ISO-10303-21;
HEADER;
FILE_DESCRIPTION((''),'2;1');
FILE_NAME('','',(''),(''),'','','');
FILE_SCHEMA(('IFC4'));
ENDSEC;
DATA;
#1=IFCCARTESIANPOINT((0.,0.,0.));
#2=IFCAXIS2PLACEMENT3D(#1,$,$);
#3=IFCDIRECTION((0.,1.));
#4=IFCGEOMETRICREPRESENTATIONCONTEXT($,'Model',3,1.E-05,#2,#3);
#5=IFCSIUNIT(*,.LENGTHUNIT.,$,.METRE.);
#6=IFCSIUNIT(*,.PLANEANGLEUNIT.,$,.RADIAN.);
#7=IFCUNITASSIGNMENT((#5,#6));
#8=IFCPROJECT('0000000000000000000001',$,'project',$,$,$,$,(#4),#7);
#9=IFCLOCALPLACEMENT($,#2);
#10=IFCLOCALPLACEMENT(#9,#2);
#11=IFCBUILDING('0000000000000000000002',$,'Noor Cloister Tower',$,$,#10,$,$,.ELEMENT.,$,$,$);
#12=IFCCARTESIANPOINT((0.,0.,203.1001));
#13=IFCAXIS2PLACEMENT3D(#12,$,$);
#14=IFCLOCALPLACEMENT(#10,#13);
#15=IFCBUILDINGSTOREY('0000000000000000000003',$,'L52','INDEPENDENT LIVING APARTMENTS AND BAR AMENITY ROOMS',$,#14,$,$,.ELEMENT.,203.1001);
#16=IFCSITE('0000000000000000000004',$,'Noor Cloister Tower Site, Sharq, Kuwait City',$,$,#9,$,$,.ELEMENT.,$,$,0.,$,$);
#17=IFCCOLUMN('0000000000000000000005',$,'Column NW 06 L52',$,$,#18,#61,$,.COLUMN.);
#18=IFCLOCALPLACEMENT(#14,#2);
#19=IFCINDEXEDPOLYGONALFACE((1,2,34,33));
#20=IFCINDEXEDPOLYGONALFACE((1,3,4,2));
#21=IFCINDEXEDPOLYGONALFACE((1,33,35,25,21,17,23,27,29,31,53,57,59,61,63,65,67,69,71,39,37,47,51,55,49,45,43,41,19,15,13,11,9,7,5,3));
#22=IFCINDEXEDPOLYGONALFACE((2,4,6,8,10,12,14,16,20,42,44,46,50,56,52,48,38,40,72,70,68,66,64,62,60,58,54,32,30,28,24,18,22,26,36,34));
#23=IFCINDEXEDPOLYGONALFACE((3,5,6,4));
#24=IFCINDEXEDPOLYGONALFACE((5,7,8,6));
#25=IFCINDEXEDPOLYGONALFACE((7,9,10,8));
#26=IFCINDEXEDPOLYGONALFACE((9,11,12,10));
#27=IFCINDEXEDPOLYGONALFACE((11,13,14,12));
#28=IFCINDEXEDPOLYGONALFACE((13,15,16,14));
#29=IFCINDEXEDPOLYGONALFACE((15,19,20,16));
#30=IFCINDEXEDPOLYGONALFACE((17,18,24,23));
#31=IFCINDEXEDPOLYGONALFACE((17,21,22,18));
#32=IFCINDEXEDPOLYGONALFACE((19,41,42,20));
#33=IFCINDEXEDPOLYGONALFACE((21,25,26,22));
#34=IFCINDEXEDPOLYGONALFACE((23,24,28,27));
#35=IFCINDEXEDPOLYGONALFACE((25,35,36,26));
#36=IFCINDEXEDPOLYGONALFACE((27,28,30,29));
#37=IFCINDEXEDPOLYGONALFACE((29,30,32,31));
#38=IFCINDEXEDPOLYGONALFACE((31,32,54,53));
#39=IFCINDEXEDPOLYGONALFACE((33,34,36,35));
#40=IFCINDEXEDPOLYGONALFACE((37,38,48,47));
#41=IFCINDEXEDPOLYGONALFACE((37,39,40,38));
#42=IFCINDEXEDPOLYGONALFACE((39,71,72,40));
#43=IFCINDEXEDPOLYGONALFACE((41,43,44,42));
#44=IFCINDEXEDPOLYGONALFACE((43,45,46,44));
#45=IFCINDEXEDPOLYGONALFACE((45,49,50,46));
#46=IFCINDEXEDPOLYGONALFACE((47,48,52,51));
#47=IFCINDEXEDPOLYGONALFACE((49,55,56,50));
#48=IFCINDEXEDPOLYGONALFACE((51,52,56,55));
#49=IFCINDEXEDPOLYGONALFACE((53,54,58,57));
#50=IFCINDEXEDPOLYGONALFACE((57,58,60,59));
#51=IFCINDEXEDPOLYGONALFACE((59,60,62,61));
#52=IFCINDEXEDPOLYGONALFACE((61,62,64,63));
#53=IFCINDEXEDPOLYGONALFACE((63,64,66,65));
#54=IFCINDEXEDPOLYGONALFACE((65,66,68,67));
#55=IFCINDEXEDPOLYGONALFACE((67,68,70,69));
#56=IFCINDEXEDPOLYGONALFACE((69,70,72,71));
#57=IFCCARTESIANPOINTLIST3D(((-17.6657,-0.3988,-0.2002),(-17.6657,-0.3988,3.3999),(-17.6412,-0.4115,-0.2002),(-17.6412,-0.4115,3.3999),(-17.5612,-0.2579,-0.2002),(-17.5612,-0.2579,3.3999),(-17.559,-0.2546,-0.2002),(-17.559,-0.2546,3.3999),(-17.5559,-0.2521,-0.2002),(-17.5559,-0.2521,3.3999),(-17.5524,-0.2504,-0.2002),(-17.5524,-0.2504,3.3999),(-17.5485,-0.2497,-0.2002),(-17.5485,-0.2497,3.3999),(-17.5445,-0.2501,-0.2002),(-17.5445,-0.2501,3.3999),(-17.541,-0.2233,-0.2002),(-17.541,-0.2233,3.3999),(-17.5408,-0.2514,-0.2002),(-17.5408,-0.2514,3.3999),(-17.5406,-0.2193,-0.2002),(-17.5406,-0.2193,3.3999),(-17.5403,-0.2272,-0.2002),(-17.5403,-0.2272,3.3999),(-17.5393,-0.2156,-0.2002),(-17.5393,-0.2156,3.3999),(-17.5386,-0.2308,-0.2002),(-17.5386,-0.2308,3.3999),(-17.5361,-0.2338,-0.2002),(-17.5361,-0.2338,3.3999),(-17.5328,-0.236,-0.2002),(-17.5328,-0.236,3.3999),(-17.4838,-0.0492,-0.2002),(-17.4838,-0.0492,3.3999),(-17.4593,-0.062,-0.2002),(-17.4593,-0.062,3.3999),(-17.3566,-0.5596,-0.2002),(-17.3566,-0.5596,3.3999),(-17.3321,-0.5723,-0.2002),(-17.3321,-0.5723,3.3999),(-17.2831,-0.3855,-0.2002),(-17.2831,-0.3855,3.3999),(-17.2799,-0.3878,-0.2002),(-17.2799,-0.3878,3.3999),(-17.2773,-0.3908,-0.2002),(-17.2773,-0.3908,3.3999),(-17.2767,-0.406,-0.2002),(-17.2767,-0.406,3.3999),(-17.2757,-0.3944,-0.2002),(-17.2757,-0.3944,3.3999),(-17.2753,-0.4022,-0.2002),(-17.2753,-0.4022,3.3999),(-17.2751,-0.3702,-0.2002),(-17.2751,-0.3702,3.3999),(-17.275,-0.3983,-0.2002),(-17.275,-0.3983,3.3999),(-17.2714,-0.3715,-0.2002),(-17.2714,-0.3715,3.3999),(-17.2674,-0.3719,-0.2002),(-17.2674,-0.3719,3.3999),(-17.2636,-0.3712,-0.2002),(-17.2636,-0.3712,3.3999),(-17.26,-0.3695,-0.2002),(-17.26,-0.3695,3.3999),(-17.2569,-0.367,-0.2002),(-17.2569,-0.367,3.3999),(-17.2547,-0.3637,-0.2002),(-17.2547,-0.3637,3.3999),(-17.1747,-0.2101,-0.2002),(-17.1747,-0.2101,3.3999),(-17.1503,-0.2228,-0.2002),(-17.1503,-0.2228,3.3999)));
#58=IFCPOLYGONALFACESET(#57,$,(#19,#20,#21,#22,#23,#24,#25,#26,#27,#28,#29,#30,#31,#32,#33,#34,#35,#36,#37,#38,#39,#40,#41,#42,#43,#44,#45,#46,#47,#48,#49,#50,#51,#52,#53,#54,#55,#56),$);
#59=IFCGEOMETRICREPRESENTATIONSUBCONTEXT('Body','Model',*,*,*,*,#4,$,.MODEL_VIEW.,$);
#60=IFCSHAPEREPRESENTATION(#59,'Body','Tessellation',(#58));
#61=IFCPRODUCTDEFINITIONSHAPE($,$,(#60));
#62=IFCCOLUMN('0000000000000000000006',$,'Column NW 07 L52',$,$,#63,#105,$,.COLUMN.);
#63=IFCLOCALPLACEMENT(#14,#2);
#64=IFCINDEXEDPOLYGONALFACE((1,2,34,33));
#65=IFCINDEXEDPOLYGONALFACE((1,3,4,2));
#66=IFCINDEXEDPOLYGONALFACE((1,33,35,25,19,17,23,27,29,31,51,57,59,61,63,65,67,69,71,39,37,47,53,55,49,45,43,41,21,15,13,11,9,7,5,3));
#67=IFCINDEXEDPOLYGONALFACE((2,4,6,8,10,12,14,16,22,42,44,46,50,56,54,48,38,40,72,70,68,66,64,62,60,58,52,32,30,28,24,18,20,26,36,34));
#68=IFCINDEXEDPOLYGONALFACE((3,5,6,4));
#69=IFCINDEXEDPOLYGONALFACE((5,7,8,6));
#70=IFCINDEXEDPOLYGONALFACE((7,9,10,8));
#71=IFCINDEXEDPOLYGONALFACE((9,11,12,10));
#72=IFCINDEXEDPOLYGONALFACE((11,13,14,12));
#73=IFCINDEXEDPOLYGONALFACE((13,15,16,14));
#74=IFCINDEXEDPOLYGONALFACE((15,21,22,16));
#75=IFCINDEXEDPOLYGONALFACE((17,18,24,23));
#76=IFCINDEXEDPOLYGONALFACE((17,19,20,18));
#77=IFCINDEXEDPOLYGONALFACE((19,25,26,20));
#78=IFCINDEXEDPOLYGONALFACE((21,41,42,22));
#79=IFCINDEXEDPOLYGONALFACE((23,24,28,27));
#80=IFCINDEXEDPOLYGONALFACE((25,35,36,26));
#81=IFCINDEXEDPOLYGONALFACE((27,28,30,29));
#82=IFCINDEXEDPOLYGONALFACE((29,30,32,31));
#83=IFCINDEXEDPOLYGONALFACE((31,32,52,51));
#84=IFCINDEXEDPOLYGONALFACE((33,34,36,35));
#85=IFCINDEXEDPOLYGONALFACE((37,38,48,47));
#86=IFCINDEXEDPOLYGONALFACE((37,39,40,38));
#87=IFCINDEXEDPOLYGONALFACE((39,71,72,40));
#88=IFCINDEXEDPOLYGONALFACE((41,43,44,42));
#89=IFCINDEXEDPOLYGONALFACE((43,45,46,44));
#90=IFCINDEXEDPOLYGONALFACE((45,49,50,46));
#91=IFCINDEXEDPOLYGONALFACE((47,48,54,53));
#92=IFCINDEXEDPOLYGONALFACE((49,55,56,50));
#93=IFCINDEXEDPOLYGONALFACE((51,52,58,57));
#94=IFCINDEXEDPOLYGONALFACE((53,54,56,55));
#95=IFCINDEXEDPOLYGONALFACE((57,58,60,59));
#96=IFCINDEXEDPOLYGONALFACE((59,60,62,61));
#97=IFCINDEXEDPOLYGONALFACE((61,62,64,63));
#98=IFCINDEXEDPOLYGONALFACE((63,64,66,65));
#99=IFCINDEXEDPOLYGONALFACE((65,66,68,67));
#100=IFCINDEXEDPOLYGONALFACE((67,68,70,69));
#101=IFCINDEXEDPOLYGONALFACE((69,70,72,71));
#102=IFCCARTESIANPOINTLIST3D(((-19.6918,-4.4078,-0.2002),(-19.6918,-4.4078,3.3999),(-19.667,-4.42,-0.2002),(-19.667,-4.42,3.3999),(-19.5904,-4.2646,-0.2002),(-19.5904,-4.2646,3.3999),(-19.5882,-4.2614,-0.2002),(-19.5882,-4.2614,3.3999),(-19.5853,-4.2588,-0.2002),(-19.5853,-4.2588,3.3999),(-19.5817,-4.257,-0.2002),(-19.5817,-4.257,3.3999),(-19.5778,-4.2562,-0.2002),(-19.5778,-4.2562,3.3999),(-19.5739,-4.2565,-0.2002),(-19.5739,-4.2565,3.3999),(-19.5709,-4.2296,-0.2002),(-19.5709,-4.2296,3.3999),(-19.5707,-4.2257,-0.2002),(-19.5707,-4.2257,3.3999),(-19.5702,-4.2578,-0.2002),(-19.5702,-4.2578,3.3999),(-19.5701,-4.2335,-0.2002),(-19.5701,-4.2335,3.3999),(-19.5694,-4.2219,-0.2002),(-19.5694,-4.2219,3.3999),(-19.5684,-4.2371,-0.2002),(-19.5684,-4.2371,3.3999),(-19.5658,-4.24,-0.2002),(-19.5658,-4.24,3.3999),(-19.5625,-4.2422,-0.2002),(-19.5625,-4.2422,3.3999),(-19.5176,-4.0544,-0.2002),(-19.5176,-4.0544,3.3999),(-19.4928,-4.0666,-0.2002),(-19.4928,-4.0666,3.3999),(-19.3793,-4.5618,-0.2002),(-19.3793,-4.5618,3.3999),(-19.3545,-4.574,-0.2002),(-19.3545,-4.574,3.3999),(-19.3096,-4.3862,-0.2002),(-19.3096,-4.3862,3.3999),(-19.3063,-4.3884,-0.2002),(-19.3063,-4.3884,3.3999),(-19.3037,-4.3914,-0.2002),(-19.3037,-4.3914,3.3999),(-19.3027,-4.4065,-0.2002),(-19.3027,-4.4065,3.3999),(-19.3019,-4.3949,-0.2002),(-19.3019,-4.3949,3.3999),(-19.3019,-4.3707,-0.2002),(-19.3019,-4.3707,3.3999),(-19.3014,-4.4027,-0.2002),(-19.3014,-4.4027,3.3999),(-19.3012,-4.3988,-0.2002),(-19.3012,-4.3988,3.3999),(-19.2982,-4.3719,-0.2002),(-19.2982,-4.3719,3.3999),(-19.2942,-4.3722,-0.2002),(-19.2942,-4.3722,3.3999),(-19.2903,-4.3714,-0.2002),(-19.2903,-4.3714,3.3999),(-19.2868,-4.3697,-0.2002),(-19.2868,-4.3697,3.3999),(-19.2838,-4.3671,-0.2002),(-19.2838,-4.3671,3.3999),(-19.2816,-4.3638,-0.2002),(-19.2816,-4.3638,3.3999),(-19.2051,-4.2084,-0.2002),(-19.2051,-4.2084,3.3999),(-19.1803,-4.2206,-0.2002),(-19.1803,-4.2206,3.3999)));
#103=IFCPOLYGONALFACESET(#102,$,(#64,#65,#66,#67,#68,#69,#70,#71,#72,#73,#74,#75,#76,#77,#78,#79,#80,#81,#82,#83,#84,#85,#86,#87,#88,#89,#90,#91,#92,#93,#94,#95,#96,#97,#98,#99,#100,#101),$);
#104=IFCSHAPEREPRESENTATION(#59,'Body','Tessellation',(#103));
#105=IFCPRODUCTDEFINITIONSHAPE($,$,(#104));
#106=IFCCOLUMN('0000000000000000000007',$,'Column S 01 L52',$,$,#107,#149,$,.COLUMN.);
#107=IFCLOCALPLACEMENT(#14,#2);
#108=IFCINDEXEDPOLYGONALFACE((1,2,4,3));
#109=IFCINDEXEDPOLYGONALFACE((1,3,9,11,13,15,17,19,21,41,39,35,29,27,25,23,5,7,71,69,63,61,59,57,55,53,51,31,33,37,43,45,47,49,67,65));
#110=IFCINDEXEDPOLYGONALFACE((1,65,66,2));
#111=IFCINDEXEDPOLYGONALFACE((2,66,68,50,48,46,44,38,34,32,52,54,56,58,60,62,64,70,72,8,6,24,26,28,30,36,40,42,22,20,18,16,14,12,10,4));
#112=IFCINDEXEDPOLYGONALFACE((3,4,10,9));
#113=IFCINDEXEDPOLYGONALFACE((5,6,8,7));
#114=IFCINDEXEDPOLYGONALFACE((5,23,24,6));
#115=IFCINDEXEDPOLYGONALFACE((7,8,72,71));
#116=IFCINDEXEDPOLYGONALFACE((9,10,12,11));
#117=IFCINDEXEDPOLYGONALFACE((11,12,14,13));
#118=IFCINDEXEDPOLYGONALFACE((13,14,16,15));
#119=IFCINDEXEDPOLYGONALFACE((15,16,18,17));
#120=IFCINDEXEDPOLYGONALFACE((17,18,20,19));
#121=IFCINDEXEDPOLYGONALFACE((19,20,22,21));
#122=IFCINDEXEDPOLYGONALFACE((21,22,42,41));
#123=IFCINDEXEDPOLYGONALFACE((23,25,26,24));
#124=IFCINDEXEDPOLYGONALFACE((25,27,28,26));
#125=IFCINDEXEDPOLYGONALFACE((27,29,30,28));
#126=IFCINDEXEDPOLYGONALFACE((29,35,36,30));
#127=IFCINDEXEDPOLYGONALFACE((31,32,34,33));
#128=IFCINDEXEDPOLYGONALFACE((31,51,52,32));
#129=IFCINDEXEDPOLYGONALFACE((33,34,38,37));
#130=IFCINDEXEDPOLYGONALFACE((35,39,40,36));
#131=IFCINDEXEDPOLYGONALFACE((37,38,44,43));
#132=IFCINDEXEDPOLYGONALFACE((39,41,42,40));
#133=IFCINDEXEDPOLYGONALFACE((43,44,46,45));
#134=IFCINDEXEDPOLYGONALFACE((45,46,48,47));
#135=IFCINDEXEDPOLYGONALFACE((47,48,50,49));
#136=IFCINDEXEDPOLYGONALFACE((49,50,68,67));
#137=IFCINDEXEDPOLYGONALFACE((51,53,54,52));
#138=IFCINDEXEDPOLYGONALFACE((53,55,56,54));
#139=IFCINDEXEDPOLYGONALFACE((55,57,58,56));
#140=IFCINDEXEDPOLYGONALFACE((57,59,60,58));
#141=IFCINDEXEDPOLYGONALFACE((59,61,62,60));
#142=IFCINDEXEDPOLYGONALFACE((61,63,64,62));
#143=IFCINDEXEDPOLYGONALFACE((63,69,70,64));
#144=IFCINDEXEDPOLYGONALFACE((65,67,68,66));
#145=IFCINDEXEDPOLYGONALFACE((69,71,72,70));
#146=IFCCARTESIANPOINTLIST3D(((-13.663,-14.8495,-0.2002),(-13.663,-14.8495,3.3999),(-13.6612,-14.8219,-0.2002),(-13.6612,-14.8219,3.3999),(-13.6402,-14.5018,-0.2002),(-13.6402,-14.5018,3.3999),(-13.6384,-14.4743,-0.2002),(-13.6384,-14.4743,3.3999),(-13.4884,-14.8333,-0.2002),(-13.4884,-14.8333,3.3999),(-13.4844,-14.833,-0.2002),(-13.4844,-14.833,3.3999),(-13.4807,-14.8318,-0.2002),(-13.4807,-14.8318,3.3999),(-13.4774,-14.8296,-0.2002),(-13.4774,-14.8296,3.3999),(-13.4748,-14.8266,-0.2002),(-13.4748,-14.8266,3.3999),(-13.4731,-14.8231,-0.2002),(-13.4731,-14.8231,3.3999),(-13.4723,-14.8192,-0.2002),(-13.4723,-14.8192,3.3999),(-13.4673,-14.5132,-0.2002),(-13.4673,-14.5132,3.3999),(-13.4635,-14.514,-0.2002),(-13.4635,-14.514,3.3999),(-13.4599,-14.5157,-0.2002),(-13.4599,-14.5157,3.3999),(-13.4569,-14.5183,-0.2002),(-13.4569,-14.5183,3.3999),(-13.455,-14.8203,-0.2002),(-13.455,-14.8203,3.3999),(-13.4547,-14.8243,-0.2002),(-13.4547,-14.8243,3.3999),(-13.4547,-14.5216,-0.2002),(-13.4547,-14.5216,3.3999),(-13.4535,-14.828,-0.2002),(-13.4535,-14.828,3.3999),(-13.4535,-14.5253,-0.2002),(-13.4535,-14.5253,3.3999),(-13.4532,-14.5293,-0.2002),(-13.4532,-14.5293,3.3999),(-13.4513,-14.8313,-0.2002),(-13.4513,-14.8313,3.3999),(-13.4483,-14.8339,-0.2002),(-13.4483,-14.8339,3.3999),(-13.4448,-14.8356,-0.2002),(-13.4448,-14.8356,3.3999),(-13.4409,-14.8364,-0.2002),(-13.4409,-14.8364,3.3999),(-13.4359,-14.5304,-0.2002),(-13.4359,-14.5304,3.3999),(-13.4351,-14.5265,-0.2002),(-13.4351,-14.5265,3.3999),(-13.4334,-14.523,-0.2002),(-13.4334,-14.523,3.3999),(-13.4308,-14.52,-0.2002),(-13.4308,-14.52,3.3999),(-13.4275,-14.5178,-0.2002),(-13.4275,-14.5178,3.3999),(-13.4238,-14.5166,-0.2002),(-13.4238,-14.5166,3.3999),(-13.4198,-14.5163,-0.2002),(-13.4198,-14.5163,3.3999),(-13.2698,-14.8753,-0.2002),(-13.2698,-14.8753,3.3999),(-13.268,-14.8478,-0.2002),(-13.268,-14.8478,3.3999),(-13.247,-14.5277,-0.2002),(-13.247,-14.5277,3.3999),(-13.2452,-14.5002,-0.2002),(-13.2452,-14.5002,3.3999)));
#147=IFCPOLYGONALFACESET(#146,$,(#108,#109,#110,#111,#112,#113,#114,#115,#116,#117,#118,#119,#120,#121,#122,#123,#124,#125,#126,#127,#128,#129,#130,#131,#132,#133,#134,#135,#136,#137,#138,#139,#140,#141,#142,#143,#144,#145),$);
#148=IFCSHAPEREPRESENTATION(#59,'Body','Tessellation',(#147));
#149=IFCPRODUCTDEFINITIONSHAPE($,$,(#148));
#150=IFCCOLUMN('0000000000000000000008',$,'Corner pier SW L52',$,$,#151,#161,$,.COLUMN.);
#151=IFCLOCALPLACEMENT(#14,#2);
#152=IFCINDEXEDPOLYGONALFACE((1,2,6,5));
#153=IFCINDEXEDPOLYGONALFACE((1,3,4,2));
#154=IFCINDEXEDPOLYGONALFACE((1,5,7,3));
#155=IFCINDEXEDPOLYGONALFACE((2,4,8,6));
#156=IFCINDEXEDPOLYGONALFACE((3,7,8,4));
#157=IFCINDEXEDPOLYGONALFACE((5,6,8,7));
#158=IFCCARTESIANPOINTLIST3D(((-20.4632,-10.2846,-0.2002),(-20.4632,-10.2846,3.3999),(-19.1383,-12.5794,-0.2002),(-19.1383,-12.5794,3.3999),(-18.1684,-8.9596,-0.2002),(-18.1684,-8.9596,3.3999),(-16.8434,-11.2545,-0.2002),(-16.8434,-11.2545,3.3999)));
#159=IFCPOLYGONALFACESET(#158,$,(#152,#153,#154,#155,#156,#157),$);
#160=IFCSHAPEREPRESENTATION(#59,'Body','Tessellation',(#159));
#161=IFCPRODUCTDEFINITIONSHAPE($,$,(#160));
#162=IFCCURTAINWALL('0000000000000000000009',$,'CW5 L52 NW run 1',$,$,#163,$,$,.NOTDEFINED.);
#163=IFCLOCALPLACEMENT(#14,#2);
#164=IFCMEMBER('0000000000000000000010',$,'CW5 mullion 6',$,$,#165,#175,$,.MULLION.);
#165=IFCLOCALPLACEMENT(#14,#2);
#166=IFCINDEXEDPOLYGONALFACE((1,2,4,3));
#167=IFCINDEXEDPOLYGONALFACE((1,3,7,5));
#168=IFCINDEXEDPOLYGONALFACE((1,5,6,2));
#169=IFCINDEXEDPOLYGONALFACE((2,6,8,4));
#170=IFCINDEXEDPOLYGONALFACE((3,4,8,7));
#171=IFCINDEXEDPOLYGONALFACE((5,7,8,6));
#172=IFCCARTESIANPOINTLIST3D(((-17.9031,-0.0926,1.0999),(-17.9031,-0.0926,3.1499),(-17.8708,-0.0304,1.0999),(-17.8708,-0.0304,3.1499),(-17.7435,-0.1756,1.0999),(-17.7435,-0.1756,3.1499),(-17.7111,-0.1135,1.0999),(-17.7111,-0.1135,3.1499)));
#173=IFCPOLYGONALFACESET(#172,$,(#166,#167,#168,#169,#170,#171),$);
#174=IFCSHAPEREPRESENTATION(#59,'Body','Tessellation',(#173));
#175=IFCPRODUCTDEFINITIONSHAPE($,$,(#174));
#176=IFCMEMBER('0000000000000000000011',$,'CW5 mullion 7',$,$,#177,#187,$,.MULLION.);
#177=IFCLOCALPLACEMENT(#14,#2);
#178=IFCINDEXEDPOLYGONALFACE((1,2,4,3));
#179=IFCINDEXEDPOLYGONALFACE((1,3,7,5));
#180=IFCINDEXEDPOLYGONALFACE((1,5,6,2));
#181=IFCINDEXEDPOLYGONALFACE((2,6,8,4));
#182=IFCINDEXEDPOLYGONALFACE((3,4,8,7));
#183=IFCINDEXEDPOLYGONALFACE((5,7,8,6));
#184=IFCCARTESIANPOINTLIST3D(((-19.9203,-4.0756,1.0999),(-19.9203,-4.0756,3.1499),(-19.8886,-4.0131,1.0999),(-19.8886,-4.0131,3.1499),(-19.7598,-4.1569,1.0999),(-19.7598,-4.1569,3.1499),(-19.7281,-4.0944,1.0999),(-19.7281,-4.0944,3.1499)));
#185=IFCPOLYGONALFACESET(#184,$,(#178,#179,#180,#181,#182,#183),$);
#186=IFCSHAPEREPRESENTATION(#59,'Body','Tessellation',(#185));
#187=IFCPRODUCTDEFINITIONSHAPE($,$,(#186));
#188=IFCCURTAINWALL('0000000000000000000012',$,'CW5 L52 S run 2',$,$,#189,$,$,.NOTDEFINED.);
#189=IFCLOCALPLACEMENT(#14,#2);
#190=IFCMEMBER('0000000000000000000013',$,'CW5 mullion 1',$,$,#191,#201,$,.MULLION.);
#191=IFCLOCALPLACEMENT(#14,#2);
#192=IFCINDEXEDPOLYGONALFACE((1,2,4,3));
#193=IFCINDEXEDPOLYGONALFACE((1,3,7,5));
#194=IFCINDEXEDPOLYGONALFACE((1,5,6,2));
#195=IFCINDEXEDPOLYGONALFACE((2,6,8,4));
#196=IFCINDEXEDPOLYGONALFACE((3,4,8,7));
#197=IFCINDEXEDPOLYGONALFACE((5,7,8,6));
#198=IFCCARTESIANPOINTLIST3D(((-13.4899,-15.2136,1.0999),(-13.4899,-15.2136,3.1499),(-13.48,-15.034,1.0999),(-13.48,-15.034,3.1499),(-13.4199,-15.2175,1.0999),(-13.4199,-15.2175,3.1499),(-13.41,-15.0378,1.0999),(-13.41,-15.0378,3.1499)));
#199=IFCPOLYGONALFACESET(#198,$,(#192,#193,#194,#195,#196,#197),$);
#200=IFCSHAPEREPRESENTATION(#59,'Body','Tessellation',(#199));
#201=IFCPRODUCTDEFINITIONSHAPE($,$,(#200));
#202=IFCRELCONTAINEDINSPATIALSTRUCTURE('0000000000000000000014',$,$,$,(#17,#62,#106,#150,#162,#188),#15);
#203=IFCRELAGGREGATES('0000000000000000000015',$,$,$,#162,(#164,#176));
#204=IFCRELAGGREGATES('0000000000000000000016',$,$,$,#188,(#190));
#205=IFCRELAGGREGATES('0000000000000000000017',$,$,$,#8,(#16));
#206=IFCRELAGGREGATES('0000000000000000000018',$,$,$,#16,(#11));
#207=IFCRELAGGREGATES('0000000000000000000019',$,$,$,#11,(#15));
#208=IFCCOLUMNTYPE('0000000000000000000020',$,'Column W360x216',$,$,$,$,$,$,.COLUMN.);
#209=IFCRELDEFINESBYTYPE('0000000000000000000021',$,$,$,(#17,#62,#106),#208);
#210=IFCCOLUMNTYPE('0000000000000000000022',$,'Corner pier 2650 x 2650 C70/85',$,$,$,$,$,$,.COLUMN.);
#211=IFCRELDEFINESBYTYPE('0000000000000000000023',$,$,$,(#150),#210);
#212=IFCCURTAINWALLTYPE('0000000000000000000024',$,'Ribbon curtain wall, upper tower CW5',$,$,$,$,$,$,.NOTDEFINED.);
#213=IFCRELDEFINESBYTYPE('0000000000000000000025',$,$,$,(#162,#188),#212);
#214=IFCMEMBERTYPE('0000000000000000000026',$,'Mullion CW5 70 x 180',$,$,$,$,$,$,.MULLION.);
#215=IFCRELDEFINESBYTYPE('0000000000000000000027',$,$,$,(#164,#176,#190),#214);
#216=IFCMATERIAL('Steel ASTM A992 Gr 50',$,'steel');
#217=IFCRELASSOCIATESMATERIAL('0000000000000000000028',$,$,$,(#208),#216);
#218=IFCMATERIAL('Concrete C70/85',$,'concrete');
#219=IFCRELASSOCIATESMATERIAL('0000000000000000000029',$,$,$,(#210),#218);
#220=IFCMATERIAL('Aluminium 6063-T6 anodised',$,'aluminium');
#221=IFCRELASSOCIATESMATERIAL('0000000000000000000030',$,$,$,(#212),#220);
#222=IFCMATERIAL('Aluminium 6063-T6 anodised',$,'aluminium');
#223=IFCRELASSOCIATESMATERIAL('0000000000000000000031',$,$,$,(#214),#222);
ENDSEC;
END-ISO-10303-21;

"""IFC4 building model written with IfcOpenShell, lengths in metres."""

from ifc_helpers import new_model, si_unit, direction, frame, origin, origin_2d, place, context, subcontext, project, spatial, rectangle, i_section, extrude, material, material_profile, profile_set, type_object, element, aggregate, save


model = new_model("IFC4")

# Units and contexts
model_context = context("Model", 3, precision=1e-05, world=origin(), true_north=direction((0.0, 1.0)))
body_context = subcontext(model_context, "Body", "Model", "MODEL_VIEW")
ifc_project = project(units=[si_unit("LENGTHUNIT", "METRE"), si_unit("PLANEANGLEUNIT", "RADIAN")], contexts=[model_context])

# Site, building, storey
site_placement = place(None, origin())
site = spatial("IfcSite", under=ifc_project, at=site_placement, Name="Noor Cloister Tower Site, Sharq, Kuwait City", CompositionType="ELEMENT", RefElevation=0.0)
building_placement = place(site_placement, origin())
building = spatial("IfcBuilding", under=site, at=building_placement, Name="Noor Cloister Tower", CompositionType="ELEMENT")
storey_placement = place(building_placement, frame((0.0, 0.0, 203.1001)))
storey = spatial("IfcBuildingStorey", under=building, at=storey_placement, Name="L52", Description="INDEPENDENT LIVING APARTMENTS AND BAR AMENITY ROOMS", CompositionType="ELEMENT", Elevation=203.1001)

# Columns
ifc_material_1 = material(Name="Steel ASTM A992 Gr 50", Category="steel")
ifc_material_profile_1 = material_profile(ifc_material_1, i_section(OverallWidth=0.394, OverallDepth=0.376, WebThickness=0.0173, FlangeThickness=0.0276, FilletRadius=0.0151, at=origin_2d()), Name="W360x216")
ifc_profile_set_1 = profile_set([ifc_material_profile_1], Name="Steel ASTM A992 Gr 50")
column_type_1 = type_object("IfcColumnType", Name="Column W360x216", PredefinedType="COLUMN", material=ifc_profile_set_1)
for number, where, z_axis, x_axis, name in (
    (1, (-17.408, -0.3108, -0.2002), (0.0, 0.0, 1.0), (-0.461616, -0.88708, 0.0), "Column NW 06 L52"),
    (2, (-19.436, -4.3142, -0.2002), (0.0, 0.0, 1.0), (-0.442087, -0.896972, 0.0), "Column NW 07 L52"),
    (3, (-13.4541, -14.6748, -0.2002), (0.0, 0.0, 1.0), (0.997844, -0.065627, 0.0), "Column S 01 L52"),
):
    element("IfcColumn", number, at=place(storey_placement, frame(where, z_axis=z_axis, x_axis=x_axis)), inside=storey, type_object=column_type_1, Name=name, PredefinedType="COLUMN", context=body_context, shape_type="SweptSolid", body=[
        extrude(i_section(OverallWidth=0.394, OverallDepth=0.376, WebThickness=0.0173, FlangeThickness=0.0276, FilletRadius=0.0151, at=origin_2d()), origin(), (0.0, 0.0, 1.0), 3.6001),
    ])
ifc_material_2 = material(Name="Concrete C70/85", Category="concrete")
ifc_material_profile_2 = material_profile(ifc_material_2, rectangle(XDim=2.6499, YDim=2.6499, at=origin_2d()), Name="RC 2650x2650")
ifc_profile_set_2 = profile_set([ifc_material_profile_2], Name="Concrete C70/85")
column_type_2 = type_object("IfcColumnType", Name="Corner pier 2650 x 2650 C70/85", PredefinedType="COLUMN", material=ifc_profile_set_2)
column_placement = place(storey_placement, frame((-18.6533, -10.7695, -0.2002), z_axis=(0.0, 0.0, 1.0), x_axis=(-0.866025, -0.5, 0.0)))
element("IfcColumn", 4, at=column_placement, inside=storey, type_object=column_type_2, Name="Corner pier SW L52", PredefinedType="COLUMN", context=body_context, shape_type="SweptSolid", body=[
    extrude(rectangle(XDim=2.6499, YDim=2.6499, at=origin_2d()), origin(), (0.0, 0.0, 1.0), 3.6001),
])

# Curtain wall, members
ifc_material_3 = material(Name="Aluminium 6063-T6 anodised", Category="aluminium")
curtain_wall_type = type_object("IfcCurtainWallType", Name="Ribbon curtain wall, upper tower CW5", PredefinedType="NOTDEFINED", material=ifc_material_3)
curtain_wall_1_placement = place(storey_placement, origin())
curtain_wall_1 = element("IfcCurtainWall", 5, at=curtain_wall_1_placement, inside=storey, type_object=curtain_wall_type, Name="CW5 L52 NW run 1", PredefinedType="NOTDEFINED")
ifc_material_4 = material(Name="Aluminium 6063-T6 anodised", Category="aluminium")
ifc_material_profile_3 = material_profile(ifc_material_4, rectangle(XDim=0.1799, YDim=0.0701, at=origin_2d()), Name="180 x 70 mullion")
ifc_profile_set_3 = profile_set([ifc_material_profile_3], Name="Aluminium 6063-T6 anodised")
member_type = type_object("IfcMemberType", Name="Mullion CW5 70 x 180", PredefinedType="MULLION", material=ifc_profile_set_3)
member_1_placement = place(storey_placement, frame((-17.8071, -0.103, 1.0999), z_axis=(0.0, 0.0, 1.0), x_axis=(0.88708, -0.461616, 0.0)))
member_1 = element("IfcMember", 6, at=member_1_placement, type_object=member_type, Name="CW5 mullion 6", PredefinedType="MULLION", context=body_context, shape_type="SweptSolid", body=[
    extrude(rectangle(XDim=0.1799, YDim=0.0701, at=origin_2d()), origin(), (0.0, 0.0, 1.0), 2.05),
])
member_2_placement = place(storey_placement, frame((-19.8242, -4.085, 1.0999), z_axis=(0.0, 0.0, 1.0), x_axis=(0.892079, -0.451879, 0.0)))
member_2 = element("IfcMember", 7, at=member_2_placement, type_object=member_type, Name="CW5 mullion 7", PredefinedType="MULLION", context=body_context, shape_type="SweptSolid", body=[
    extrude(rectangle(XDim=0.1799, YDim=0.0701, at=origin_2d()), origin(), (0.0, 0.0, 1.0), 2.05),
])

# Curtain wall, member
curtain_wall_2_placement = place(storey_placement, origin())
curtain_wall_2 = element("IfcCurtainWall", 8, at=curtain_wall_2_placement, inside=storey, type_object=curtain_wall_type, Name="CW5 L52 S run 2", PredefinedType="NOTDEFINED")
member_3_placement = place(storey_placement, frame((-13.45, -15.1257, 1.0999), z_axis=(0.0, 0.0, 1.0), x_axis=(0.054701, 0.998503, 0.0)))
member_3 = element("IfcMember", 9, at=member_3_placement, type_object=member_type, Name="CW5 mullion 1", PredefinedType="MULLION", context=body_context, shape_type="SweptSolid", body=[
    extrude(rectangle(XDim=0.1799, YDim=0.0701, at=origin_2d()), origin(), (0.0, 0.0, 1.0), 2.05),
])

aggregate(curtain_wall_1, [member_1, member_2])
aggregate(curtain_wall_2, [member_3])

save(model, "model.ifc")
